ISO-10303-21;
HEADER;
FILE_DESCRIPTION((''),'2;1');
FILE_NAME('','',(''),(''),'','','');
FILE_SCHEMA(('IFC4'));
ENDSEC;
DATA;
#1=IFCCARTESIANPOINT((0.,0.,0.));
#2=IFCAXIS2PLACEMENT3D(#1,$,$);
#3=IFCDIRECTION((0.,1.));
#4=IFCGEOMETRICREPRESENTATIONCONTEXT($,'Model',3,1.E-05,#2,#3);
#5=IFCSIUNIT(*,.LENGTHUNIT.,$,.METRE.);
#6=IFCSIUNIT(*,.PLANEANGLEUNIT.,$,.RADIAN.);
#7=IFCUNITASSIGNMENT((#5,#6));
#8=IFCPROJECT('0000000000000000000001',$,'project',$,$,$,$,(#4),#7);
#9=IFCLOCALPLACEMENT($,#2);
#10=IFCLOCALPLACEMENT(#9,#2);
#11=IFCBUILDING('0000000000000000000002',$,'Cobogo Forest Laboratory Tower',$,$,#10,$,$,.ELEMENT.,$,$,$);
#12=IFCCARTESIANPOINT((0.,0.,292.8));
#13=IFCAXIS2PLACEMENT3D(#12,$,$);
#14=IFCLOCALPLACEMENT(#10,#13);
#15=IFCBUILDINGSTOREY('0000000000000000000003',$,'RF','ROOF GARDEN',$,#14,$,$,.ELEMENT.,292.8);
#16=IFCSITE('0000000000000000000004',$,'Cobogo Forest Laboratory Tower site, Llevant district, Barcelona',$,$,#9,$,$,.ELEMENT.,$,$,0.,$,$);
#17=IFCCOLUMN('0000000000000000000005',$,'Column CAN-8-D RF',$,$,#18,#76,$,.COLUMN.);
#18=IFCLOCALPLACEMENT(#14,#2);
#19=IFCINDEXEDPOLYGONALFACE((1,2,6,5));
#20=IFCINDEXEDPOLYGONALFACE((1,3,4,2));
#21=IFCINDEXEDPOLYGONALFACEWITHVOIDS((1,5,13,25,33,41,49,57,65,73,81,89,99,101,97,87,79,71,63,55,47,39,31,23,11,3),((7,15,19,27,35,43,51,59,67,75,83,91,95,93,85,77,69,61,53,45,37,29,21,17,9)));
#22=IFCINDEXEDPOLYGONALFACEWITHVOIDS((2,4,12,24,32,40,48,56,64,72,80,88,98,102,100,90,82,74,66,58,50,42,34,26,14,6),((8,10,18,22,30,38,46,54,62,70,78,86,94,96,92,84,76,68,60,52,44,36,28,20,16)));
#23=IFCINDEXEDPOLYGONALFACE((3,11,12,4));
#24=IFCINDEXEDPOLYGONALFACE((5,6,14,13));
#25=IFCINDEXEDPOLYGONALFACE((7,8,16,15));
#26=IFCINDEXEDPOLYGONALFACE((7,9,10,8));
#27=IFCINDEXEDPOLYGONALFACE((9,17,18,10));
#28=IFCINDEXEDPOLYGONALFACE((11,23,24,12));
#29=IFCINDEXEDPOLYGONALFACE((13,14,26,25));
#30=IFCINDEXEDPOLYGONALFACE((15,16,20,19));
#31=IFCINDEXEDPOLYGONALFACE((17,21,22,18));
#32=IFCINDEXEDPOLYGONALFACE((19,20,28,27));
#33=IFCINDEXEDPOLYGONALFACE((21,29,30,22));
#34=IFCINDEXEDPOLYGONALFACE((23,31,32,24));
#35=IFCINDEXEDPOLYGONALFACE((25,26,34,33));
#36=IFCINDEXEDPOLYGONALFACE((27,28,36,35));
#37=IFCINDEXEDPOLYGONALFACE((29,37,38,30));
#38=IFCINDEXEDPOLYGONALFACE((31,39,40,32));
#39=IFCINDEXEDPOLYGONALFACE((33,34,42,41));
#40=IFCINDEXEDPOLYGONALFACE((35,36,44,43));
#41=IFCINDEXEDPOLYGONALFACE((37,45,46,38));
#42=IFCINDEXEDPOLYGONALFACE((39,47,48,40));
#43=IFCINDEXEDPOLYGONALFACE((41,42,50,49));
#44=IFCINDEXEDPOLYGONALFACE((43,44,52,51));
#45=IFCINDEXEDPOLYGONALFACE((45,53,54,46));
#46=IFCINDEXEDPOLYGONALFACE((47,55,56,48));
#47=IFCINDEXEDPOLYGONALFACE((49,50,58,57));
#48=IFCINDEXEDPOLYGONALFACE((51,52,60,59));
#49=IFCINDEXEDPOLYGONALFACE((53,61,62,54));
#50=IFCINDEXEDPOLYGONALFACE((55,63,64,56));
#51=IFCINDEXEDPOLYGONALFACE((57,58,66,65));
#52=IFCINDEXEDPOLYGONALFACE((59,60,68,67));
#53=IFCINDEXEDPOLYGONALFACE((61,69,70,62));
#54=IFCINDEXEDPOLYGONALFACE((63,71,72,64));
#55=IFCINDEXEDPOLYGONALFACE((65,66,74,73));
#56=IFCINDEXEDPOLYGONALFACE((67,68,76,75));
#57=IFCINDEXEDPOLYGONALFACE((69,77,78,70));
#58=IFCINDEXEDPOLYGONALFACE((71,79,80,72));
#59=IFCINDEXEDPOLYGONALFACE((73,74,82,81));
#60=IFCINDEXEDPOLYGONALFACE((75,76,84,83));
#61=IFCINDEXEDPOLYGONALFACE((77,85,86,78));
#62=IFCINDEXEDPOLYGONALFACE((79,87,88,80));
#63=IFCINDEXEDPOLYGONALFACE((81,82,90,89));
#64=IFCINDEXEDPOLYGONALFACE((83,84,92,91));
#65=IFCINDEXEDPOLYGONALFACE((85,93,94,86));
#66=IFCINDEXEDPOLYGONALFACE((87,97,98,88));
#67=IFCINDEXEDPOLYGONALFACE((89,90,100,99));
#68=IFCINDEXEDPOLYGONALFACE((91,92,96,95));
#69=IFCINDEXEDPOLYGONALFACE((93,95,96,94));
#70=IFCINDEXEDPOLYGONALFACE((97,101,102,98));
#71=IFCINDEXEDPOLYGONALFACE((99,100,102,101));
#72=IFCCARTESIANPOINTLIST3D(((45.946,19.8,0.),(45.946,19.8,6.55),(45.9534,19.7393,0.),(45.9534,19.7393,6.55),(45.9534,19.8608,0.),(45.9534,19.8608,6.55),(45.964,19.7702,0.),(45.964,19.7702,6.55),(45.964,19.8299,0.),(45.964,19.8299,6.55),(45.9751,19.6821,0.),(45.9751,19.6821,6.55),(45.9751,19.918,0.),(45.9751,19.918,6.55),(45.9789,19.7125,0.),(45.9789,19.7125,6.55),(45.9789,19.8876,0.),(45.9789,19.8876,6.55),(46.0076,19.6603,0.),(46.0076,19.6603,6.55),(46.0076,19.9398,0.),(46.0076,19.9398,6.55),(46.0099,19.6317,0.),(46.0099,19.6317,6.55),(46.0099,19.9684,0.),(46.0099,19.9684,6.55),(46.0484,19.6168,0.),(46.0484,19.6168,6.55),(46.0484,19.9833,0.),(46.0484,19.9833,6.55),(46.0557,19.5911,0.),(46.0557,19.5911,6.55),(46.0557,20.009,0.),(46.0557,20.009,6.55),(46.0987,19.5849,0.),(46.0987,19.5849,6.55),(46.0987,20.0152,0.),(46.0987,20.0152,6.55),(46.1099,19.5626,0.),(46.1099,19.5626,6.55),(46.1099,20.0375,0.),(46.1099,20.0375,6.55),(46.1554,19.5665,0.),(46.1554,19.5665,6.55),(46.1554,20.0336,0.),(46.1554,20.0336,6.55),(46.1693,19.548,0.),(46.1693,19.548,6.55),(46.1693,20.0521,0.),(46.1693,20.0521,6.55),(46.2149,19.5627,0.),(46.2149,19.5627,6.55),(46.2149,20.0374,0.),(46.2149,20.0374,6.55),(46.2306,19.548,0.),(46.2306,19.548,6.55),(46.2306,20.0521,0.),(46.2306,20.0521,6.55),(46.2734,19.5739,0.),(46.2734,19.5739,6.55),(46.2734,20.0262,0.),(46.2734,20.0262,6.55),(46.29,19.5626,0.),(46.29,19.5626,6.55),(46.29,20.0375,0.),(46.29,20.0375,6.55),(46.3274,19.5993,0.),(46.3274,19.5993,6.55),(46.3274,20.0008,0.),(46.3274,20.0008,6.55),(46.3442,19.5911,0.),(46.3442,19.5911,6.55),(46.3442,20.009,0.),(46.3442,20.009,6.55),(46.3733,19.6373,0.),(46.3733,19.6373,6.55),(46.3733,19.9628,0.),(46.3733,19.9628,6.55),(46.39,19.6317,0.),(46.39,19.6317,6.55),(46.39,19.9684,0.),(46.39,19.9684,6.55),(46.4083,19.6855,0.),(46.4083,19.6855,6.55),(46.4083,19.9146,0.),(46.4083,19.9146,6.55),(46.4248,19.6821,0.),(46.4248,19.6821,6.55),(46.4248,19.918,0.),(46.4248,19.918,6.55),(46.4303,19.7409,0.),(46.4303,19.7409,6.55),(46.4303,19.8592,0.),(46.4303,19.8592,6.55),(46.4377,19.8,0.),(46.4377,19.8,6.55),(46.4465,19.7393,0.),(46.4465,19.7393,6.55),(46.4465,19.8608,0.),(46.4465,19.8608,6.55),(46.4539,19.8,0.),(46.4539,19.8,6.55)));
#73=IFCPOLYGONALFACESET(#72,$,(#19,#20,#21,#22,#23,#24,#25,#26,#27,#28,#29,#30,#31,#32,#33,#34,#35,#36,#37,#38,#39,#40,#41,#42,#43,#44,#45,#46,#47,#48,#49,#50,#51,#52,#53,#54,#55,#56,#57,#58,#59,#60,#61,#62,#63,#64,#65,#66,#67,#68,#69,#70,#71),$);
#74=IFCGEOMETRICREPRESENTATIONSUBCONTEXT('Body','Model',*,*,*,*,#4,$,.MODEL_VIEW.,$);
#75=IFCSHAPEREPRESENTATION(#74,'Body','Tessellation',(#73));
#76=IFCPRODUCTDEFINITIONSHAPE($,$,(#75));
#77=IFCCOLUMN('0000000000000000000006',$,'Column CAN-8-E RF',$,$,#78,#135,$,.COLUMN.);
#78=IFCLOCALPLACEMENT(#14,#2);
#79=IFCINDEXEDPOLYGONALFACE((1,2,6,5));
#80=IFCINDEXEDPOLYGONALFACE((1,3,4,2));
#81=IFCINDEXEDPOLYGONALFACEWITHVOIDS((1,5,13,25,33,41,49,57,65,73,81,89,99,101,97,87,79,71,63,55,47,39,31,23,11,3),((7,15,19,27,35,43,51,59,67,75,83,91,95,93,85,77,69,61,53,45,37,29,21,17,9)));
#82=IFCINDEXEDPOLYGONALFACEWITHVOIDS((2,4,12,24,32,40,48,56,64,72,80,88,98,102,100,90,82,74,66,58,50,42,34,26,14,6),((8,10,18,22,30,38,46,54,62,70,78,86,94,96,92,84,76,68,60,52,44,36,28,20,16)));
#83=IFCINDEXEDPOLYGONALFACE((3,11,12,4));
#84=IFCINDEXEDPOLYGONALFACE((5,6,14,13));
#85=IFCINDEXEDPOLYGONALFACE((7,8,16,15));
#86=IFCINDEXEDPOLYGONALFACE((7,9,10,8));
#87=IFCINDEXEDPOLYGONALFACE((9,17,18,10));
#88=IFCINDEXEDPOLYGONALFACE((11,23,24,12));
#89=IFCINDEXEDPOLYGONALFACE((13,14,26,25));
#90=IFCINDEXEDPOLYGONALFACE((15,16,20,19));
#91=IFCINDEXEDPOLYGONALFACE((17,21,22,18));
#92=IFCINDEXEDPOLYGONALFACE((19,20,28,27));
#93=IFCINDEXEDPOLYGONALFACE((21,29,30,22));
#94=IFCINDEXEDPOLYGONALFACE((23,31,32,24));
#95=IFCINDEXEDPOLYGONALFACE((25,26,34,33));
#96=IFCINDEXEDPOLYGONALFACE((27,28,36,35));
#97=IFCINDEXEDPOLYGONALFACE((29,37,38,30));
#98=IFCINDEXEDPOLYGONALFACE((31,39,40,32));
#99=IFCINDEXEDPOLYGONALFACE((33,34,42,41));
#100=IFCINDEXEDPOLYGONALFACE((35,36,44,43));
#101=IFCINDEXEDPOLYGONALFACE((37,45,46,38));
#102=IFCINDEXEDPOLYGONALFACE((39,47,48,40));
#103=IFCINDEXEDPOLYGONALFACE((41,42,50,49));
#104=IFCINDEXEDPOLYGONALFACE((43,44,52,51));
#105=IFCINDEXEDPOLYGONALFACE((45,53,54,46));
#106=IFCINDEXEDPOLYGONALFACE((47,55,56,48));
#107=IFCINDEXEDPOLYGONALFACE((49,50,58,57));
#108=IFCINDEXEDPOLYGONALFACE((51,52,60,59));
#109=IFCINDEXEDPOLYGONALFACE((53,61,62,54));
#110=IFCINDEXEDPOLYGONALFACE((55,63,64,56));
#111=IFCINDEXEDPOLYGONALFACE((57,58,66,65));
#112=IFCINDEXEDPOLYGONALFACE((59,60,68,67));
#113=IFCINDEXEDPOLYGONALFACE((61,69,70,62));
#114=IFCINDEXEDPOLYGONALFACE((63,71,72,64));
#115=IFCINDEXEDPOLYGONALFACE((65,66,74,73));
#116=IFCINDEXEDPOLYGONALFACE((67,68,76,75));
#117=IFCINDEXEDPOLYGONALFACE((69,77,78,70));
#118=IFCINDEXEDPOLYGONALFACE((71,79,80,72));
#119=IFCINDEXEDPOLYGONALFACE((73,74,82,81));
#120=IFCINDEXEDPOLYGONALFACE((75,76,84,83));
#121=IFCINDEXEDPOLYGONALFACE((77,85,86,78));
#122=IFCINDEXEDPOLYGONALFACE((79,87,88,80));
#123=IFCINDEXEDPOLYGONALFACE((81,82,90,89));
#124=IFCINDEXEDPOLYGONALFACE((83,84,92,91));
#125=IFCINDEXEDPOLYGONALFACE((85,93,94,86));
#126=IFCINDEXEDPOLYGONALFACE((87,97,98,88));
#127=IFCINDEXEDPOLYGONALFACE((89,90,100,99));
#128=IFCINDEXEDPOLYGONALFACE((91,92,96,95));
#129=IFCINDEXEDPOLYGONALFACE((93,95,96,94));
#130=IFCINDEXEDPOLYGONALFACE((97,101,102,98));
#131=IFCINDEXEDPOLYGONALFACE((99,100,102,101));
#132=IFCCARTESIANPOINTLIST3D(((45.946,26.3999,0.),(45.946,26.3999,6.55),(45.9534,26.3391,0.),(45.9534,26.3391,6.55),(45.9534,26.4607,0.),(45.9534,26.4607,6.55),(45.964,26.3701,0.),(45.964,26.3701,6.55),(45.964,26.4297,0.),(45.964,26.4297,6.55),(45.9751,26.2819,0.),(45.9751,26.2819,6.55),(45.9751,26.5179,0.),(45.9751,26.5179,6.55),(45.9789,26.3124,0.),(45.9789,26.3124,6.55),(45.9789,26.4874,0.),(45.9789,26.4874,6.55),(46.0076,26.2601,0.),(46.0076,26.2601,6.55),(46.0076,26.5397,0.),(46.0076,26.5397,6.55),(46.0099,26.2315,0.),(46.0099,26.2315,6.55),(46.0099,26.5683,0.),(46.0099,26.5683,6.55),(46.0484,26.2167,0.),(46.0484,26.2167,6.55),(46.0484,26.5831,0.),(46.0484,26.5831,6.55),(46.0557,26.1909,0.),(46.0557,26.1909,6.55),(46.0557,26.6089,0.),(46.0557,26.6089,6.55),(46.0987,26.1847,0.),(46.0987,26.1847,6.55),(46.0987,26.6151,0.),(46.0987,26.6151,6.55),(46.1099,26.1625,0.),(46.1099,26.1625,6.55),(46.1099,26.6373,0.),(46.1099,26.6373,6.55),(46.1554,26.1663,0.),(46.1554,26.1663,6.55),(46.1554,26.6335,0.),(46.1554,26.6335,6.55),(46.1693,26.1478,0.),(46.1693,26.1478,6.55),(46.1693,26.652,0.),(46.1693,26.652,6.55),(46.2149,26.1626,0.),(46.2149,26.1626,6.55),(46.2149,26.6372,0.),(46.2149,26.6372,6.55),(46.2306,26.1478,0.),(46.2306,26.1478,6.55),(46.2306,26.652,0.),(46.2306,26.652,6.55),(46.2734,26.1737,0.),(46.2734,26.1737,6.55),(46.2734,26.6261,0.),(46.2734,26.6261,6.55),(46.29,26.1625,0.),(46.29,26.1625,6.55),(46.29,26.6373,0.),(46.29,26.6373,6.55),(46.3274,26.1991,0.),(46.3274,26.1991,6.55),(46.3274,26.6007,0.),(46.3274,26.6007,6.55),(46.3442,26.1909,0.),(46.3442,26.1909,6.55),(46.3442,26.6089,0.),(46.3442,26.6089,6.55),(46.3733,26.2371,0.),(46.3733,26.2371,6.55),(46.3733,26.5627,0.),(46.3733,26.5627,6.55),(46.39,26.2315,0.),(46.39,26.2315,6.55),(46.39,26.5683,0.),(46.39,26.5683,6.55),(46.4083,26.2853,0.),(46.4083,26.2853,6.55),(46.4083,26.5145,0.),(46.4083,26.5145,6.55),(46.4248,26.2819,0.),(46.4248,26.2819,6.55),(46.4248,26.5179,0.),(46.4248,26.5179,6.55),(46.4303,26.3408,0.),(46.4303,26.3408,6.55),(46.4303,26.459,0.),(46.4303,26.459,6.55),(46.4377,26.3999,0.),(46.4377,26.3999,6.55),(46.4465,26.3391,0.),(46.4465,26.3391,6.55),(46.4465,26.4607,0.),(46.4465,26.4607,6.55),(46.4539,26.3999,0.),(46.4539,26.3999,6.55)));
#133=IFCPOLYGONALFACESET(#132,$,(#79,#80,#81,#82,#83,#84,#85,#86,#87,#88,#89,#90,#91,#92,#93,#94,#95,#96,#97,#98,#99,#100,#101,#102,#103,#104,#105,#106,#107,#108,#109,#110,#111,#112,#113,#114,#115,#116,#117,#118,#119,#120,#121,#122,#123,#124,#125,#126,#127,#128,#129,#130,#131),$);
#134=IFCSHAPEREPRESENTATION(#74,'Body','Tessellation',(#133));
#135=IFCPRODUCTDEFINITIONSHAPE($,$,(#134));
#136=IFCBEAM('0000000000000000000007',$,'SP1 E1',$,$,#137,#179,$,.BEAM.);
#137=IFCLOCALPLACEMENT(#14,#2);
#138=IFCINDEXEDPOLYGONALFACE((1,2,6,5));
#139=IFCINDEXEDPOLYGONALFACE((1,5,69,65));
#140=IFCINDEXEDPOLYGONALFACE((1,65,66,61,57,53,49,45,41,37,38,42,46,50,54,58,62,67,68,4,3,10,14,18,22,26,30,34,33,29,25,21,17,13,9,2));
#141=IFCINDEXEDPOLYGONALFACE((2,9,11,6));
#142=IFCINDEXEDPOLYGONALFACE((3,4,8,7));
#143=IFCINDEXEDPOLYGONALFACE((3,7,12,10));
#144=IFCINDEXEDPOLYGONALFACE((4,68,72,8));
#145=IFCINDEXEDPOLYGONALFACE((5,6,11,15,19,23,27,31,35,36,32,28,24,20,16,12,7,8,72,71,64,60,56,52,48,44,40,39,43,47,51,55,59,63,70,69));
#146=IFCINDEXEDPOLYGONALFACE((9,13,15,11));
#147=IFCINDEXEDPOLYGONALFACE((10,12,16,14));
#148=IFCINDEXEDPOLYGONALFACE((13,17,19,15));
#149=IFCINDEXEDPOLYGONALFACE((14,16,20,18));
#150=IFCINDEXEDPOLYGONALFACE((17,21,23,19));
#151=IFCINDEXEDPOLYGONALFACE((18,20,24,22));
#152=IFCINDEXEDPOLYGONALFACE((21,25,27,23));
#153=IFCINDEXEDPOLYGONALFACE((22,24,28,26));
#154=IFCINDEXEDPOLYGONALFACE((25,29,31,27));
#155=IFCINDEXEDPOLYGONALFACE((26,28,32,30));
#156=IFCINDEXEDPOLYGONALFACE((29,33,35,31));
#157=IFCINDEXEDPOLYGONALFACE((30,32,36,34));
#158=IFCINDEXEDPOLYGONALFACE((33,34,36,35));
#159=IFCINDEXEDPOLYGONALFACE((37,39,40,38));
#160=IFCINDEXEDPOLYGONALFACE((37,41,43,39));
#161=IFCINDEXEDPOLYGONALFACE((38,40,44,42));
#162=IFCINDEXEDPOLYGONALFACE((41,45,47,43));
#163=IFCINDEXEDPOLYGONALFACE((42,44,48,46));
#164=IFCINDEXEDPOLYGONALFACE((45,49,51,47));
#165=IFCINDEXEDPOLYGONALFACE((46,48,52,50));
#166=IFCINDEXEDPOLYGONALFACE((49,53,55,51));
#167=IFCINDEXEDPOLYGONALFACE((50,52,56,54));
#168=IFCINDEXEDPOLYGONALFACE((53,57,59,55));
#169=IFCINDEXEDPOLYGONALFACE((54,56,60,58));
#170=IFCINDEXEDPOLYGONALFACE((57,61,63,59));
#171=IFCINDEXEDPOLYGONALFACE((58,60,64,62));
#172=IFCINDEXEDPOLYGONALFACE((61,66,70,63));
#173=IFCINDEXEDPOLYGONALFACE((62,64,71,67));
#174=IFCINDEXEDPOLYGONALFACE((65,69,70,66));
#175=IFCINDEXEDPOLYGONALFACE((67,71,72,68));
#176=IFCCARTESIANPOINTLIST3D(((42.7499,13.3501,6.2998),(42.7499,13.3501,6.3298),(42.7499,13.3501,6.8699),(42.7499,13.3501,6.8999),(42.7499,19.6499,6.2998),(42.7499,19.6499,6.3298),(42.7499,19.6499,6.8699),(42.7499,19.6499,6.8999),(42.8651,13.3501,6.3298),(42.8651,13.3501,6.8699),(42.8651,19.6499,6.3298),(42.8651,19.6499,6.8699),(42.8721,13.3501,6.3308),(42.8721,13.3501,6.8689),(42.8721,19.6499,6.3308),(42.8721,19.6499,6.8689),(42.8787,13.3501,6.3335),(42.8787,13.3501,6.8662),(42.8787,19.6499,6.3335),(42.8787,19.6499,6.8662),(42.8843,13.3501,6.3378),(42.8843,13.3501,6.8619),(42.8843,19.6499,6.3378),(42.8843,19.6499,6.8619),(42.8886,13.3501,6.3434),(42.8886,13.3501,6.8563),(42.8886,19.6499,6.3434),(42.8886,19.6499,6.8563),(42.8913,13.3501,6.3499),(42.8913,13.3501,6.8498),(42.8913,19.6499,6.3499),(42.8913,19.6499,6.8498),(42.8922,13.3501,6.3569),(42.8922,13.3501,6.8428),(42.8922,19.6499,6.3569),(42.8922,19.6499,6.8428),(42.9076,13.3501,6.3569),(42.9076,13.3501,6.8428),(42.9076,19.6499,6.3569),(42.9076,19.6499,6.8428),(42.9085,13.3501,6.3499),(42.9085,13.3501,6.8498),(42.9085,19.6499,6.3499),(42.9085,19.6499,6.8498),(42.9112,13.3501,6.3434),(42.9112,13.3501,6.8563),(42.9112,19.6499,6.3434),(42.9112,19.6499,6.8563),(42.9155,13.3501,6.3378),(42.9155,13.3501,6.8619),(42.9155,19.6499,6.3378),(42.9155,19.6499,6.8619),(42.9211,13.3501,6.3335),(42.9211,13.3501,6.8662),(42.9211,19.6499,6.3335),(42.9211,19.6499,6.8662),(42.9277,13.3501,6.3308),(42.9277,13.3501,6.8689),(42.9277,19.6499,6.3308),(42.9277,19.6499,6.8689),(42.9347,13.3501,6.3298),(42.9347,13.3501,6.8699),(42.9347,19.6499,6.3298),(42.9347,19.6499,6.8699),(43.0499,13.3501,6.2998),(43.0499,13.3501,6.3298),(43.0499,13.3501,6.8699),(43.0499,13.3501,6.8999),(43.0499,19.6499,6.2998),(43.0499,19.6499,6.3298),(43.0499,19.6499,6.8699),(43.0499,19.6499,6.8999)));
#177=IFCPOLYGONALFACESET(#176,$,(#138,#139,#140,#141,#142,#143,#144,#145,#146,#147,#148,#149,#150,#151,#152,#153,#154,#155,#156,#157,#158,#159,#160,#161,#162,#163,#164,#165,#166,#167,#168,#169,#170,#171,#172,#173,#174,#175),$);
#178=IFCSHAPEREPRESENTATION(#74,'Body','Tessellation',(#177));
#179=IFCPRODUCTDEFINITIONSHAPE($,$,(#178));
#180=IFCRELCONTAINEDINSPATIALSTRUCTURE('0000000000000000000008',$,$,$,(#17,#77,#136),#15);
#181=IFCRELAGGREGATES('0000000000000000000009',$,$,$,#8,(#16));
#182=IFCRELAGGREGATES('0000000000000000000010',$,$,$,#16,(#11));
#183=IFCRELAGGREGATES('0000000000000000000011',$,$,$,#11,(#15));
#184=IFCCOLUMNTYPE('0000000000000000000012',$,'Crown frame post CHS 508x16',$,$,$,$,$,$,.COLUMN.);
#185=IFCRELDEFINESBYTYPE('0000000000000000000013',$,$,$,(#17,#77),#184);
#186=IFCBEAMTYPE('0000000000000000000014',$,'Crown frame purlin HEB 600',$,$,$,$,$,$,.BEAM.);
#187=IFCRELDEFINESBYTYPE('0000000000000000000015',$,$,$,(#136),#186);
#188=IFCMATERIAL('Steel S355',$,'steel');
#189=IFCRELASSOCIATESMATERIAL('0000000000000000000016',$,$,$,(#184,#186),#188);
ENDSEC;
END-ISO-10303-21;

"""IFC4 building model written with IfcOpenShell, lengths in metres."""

from ifc_helpers import new_model, si_unit, direction, frame, origin, origin_2d, place, context, subcontext, project, spatial, hollow_circle, i_section, extrude, material, material_profile, profile_set, type_object, element, save


model = new_model("IFC4")

# Units and contexts
model_context = context("Model", 3, precision=1e-05, world=origin(), true_north=direction((0.0, 1.0)))
body_context = subcontext(model_context, "Body", "Model", "MODEL_VIEW")
ifc_project = project(units=[si_unit("LENGTHUNIT", "METRE"), si_unit("PLANEANGLEUNIT", "RADIAN")], contexts=[model_context])

# Site, building, storey
site_placement = place(None, origin())
site = spatial("IfcSite", under=ifc_project, at=site_placement, Name="Cobogo Forest Laboratory Tower site, Llevant district, Barcelona", CompositionType="ELEMENT", RefElevation=0.0)
building_placement = place(site_placement, origin())
building = spatial("IfcBuilding", under=site, at=building_placement, Name="Cobogo Forest Laboratory Tower", CompositionType="ELEMENT")
storey_placement = place(building_placement, frame((0.0, 0.0, 292.8)))
storey = spatial("IfcBuildingStorey", under=building, at=storey_placement, Name="RF", Description="ROOF GARDEN", CompositionType="ELEMENT", Elevation=292.8)

# Columns
ifc_material_1 = material(Name="Steel S355", Category="steel")
ifc_material_profile_1 = material_profile(ifc_material_1, hollow_circle(Radius=0.2539, WallThickness=0.0161, at=origin_2d()), Name="CHS 508x16")
ifc_profile_set_1 = profile_set([ifc_material_profile_1], Name="Steel S355")
column_type = type_object("IfcColumnType", Name="Crown frame post CHS 508x16", PredefinedType="COLUMN", material=ifc_profile_set_1)
for number, where, z_axis, x_axis, name in (
    (1, (46.2, 19.8, 0.0), (0.0, 0.0, 1.0), (1.0, 0.0, 0.0), "Column CAN-8-D RF"),
    (2, (46.2, 26.3999, 0.0), (0.0, 0.0, 1.0), (1.0, 0.0, 0.0), "Column CAN-8-E RF"),
):
    element("IfcColumn", number, at=place(storey_placement, frame(where, z_axis=z_axis, x_axis=x_axis)), inside=storey, type_object=column_type, Name=name, PredefinedType="COLUMN", context=body_context, shape_type="SweptSolid", body=[
        extrude(hollow_circle(Radius=0.2539, WallThickness=0.0161, at=origin_2d()), origin(), (0.0, 0.0, 1.0), 6.55),
    ])

# Beam
ifc_material_profile_2 = material_profile(ifc_material_1, i_section(OverallWidth=0.3, OverallDepth=0.6001, WebThickness=0.0154, FlangeThickness=0.03, FilletRadius=0.0271, at=origin_2d()), Name="HEB 600")
ifc_profile_set_2 = profile_set([ifc_material_profile_2], Name="Steel S355")
beam_type_1 = type_object("IfcBeamType", Name="Crown frame purlin HEB 600", PredefinedType="BEAM", material=ifc_profile_set_2)
beam_1_placement = place(storey_placement, frame((42.8999, 13.3501, 6.5999), z_axis=(0.0, 1.0, 0.0), x_axis=(-1.0, 0.0, 0.0)))
element("IfcBeam", 3, at=beam_1_placement, inside=storey, type_object=beam_type_1, Name="SP1 E1", PredefinedType="BEAM", context=body_context, shape_type="SweptSolid", body=[
    extrude(i_section(OverallWidth=0.3, OverallDepth=0.6001, WebThickness=0.0154, FlangeThickness=0.03, FilletRadius=0.0271, at=origin_2d()), origin(), (0.0, 0.0, 1.0), 6.2998),
])

save(model, "model.ifc")
